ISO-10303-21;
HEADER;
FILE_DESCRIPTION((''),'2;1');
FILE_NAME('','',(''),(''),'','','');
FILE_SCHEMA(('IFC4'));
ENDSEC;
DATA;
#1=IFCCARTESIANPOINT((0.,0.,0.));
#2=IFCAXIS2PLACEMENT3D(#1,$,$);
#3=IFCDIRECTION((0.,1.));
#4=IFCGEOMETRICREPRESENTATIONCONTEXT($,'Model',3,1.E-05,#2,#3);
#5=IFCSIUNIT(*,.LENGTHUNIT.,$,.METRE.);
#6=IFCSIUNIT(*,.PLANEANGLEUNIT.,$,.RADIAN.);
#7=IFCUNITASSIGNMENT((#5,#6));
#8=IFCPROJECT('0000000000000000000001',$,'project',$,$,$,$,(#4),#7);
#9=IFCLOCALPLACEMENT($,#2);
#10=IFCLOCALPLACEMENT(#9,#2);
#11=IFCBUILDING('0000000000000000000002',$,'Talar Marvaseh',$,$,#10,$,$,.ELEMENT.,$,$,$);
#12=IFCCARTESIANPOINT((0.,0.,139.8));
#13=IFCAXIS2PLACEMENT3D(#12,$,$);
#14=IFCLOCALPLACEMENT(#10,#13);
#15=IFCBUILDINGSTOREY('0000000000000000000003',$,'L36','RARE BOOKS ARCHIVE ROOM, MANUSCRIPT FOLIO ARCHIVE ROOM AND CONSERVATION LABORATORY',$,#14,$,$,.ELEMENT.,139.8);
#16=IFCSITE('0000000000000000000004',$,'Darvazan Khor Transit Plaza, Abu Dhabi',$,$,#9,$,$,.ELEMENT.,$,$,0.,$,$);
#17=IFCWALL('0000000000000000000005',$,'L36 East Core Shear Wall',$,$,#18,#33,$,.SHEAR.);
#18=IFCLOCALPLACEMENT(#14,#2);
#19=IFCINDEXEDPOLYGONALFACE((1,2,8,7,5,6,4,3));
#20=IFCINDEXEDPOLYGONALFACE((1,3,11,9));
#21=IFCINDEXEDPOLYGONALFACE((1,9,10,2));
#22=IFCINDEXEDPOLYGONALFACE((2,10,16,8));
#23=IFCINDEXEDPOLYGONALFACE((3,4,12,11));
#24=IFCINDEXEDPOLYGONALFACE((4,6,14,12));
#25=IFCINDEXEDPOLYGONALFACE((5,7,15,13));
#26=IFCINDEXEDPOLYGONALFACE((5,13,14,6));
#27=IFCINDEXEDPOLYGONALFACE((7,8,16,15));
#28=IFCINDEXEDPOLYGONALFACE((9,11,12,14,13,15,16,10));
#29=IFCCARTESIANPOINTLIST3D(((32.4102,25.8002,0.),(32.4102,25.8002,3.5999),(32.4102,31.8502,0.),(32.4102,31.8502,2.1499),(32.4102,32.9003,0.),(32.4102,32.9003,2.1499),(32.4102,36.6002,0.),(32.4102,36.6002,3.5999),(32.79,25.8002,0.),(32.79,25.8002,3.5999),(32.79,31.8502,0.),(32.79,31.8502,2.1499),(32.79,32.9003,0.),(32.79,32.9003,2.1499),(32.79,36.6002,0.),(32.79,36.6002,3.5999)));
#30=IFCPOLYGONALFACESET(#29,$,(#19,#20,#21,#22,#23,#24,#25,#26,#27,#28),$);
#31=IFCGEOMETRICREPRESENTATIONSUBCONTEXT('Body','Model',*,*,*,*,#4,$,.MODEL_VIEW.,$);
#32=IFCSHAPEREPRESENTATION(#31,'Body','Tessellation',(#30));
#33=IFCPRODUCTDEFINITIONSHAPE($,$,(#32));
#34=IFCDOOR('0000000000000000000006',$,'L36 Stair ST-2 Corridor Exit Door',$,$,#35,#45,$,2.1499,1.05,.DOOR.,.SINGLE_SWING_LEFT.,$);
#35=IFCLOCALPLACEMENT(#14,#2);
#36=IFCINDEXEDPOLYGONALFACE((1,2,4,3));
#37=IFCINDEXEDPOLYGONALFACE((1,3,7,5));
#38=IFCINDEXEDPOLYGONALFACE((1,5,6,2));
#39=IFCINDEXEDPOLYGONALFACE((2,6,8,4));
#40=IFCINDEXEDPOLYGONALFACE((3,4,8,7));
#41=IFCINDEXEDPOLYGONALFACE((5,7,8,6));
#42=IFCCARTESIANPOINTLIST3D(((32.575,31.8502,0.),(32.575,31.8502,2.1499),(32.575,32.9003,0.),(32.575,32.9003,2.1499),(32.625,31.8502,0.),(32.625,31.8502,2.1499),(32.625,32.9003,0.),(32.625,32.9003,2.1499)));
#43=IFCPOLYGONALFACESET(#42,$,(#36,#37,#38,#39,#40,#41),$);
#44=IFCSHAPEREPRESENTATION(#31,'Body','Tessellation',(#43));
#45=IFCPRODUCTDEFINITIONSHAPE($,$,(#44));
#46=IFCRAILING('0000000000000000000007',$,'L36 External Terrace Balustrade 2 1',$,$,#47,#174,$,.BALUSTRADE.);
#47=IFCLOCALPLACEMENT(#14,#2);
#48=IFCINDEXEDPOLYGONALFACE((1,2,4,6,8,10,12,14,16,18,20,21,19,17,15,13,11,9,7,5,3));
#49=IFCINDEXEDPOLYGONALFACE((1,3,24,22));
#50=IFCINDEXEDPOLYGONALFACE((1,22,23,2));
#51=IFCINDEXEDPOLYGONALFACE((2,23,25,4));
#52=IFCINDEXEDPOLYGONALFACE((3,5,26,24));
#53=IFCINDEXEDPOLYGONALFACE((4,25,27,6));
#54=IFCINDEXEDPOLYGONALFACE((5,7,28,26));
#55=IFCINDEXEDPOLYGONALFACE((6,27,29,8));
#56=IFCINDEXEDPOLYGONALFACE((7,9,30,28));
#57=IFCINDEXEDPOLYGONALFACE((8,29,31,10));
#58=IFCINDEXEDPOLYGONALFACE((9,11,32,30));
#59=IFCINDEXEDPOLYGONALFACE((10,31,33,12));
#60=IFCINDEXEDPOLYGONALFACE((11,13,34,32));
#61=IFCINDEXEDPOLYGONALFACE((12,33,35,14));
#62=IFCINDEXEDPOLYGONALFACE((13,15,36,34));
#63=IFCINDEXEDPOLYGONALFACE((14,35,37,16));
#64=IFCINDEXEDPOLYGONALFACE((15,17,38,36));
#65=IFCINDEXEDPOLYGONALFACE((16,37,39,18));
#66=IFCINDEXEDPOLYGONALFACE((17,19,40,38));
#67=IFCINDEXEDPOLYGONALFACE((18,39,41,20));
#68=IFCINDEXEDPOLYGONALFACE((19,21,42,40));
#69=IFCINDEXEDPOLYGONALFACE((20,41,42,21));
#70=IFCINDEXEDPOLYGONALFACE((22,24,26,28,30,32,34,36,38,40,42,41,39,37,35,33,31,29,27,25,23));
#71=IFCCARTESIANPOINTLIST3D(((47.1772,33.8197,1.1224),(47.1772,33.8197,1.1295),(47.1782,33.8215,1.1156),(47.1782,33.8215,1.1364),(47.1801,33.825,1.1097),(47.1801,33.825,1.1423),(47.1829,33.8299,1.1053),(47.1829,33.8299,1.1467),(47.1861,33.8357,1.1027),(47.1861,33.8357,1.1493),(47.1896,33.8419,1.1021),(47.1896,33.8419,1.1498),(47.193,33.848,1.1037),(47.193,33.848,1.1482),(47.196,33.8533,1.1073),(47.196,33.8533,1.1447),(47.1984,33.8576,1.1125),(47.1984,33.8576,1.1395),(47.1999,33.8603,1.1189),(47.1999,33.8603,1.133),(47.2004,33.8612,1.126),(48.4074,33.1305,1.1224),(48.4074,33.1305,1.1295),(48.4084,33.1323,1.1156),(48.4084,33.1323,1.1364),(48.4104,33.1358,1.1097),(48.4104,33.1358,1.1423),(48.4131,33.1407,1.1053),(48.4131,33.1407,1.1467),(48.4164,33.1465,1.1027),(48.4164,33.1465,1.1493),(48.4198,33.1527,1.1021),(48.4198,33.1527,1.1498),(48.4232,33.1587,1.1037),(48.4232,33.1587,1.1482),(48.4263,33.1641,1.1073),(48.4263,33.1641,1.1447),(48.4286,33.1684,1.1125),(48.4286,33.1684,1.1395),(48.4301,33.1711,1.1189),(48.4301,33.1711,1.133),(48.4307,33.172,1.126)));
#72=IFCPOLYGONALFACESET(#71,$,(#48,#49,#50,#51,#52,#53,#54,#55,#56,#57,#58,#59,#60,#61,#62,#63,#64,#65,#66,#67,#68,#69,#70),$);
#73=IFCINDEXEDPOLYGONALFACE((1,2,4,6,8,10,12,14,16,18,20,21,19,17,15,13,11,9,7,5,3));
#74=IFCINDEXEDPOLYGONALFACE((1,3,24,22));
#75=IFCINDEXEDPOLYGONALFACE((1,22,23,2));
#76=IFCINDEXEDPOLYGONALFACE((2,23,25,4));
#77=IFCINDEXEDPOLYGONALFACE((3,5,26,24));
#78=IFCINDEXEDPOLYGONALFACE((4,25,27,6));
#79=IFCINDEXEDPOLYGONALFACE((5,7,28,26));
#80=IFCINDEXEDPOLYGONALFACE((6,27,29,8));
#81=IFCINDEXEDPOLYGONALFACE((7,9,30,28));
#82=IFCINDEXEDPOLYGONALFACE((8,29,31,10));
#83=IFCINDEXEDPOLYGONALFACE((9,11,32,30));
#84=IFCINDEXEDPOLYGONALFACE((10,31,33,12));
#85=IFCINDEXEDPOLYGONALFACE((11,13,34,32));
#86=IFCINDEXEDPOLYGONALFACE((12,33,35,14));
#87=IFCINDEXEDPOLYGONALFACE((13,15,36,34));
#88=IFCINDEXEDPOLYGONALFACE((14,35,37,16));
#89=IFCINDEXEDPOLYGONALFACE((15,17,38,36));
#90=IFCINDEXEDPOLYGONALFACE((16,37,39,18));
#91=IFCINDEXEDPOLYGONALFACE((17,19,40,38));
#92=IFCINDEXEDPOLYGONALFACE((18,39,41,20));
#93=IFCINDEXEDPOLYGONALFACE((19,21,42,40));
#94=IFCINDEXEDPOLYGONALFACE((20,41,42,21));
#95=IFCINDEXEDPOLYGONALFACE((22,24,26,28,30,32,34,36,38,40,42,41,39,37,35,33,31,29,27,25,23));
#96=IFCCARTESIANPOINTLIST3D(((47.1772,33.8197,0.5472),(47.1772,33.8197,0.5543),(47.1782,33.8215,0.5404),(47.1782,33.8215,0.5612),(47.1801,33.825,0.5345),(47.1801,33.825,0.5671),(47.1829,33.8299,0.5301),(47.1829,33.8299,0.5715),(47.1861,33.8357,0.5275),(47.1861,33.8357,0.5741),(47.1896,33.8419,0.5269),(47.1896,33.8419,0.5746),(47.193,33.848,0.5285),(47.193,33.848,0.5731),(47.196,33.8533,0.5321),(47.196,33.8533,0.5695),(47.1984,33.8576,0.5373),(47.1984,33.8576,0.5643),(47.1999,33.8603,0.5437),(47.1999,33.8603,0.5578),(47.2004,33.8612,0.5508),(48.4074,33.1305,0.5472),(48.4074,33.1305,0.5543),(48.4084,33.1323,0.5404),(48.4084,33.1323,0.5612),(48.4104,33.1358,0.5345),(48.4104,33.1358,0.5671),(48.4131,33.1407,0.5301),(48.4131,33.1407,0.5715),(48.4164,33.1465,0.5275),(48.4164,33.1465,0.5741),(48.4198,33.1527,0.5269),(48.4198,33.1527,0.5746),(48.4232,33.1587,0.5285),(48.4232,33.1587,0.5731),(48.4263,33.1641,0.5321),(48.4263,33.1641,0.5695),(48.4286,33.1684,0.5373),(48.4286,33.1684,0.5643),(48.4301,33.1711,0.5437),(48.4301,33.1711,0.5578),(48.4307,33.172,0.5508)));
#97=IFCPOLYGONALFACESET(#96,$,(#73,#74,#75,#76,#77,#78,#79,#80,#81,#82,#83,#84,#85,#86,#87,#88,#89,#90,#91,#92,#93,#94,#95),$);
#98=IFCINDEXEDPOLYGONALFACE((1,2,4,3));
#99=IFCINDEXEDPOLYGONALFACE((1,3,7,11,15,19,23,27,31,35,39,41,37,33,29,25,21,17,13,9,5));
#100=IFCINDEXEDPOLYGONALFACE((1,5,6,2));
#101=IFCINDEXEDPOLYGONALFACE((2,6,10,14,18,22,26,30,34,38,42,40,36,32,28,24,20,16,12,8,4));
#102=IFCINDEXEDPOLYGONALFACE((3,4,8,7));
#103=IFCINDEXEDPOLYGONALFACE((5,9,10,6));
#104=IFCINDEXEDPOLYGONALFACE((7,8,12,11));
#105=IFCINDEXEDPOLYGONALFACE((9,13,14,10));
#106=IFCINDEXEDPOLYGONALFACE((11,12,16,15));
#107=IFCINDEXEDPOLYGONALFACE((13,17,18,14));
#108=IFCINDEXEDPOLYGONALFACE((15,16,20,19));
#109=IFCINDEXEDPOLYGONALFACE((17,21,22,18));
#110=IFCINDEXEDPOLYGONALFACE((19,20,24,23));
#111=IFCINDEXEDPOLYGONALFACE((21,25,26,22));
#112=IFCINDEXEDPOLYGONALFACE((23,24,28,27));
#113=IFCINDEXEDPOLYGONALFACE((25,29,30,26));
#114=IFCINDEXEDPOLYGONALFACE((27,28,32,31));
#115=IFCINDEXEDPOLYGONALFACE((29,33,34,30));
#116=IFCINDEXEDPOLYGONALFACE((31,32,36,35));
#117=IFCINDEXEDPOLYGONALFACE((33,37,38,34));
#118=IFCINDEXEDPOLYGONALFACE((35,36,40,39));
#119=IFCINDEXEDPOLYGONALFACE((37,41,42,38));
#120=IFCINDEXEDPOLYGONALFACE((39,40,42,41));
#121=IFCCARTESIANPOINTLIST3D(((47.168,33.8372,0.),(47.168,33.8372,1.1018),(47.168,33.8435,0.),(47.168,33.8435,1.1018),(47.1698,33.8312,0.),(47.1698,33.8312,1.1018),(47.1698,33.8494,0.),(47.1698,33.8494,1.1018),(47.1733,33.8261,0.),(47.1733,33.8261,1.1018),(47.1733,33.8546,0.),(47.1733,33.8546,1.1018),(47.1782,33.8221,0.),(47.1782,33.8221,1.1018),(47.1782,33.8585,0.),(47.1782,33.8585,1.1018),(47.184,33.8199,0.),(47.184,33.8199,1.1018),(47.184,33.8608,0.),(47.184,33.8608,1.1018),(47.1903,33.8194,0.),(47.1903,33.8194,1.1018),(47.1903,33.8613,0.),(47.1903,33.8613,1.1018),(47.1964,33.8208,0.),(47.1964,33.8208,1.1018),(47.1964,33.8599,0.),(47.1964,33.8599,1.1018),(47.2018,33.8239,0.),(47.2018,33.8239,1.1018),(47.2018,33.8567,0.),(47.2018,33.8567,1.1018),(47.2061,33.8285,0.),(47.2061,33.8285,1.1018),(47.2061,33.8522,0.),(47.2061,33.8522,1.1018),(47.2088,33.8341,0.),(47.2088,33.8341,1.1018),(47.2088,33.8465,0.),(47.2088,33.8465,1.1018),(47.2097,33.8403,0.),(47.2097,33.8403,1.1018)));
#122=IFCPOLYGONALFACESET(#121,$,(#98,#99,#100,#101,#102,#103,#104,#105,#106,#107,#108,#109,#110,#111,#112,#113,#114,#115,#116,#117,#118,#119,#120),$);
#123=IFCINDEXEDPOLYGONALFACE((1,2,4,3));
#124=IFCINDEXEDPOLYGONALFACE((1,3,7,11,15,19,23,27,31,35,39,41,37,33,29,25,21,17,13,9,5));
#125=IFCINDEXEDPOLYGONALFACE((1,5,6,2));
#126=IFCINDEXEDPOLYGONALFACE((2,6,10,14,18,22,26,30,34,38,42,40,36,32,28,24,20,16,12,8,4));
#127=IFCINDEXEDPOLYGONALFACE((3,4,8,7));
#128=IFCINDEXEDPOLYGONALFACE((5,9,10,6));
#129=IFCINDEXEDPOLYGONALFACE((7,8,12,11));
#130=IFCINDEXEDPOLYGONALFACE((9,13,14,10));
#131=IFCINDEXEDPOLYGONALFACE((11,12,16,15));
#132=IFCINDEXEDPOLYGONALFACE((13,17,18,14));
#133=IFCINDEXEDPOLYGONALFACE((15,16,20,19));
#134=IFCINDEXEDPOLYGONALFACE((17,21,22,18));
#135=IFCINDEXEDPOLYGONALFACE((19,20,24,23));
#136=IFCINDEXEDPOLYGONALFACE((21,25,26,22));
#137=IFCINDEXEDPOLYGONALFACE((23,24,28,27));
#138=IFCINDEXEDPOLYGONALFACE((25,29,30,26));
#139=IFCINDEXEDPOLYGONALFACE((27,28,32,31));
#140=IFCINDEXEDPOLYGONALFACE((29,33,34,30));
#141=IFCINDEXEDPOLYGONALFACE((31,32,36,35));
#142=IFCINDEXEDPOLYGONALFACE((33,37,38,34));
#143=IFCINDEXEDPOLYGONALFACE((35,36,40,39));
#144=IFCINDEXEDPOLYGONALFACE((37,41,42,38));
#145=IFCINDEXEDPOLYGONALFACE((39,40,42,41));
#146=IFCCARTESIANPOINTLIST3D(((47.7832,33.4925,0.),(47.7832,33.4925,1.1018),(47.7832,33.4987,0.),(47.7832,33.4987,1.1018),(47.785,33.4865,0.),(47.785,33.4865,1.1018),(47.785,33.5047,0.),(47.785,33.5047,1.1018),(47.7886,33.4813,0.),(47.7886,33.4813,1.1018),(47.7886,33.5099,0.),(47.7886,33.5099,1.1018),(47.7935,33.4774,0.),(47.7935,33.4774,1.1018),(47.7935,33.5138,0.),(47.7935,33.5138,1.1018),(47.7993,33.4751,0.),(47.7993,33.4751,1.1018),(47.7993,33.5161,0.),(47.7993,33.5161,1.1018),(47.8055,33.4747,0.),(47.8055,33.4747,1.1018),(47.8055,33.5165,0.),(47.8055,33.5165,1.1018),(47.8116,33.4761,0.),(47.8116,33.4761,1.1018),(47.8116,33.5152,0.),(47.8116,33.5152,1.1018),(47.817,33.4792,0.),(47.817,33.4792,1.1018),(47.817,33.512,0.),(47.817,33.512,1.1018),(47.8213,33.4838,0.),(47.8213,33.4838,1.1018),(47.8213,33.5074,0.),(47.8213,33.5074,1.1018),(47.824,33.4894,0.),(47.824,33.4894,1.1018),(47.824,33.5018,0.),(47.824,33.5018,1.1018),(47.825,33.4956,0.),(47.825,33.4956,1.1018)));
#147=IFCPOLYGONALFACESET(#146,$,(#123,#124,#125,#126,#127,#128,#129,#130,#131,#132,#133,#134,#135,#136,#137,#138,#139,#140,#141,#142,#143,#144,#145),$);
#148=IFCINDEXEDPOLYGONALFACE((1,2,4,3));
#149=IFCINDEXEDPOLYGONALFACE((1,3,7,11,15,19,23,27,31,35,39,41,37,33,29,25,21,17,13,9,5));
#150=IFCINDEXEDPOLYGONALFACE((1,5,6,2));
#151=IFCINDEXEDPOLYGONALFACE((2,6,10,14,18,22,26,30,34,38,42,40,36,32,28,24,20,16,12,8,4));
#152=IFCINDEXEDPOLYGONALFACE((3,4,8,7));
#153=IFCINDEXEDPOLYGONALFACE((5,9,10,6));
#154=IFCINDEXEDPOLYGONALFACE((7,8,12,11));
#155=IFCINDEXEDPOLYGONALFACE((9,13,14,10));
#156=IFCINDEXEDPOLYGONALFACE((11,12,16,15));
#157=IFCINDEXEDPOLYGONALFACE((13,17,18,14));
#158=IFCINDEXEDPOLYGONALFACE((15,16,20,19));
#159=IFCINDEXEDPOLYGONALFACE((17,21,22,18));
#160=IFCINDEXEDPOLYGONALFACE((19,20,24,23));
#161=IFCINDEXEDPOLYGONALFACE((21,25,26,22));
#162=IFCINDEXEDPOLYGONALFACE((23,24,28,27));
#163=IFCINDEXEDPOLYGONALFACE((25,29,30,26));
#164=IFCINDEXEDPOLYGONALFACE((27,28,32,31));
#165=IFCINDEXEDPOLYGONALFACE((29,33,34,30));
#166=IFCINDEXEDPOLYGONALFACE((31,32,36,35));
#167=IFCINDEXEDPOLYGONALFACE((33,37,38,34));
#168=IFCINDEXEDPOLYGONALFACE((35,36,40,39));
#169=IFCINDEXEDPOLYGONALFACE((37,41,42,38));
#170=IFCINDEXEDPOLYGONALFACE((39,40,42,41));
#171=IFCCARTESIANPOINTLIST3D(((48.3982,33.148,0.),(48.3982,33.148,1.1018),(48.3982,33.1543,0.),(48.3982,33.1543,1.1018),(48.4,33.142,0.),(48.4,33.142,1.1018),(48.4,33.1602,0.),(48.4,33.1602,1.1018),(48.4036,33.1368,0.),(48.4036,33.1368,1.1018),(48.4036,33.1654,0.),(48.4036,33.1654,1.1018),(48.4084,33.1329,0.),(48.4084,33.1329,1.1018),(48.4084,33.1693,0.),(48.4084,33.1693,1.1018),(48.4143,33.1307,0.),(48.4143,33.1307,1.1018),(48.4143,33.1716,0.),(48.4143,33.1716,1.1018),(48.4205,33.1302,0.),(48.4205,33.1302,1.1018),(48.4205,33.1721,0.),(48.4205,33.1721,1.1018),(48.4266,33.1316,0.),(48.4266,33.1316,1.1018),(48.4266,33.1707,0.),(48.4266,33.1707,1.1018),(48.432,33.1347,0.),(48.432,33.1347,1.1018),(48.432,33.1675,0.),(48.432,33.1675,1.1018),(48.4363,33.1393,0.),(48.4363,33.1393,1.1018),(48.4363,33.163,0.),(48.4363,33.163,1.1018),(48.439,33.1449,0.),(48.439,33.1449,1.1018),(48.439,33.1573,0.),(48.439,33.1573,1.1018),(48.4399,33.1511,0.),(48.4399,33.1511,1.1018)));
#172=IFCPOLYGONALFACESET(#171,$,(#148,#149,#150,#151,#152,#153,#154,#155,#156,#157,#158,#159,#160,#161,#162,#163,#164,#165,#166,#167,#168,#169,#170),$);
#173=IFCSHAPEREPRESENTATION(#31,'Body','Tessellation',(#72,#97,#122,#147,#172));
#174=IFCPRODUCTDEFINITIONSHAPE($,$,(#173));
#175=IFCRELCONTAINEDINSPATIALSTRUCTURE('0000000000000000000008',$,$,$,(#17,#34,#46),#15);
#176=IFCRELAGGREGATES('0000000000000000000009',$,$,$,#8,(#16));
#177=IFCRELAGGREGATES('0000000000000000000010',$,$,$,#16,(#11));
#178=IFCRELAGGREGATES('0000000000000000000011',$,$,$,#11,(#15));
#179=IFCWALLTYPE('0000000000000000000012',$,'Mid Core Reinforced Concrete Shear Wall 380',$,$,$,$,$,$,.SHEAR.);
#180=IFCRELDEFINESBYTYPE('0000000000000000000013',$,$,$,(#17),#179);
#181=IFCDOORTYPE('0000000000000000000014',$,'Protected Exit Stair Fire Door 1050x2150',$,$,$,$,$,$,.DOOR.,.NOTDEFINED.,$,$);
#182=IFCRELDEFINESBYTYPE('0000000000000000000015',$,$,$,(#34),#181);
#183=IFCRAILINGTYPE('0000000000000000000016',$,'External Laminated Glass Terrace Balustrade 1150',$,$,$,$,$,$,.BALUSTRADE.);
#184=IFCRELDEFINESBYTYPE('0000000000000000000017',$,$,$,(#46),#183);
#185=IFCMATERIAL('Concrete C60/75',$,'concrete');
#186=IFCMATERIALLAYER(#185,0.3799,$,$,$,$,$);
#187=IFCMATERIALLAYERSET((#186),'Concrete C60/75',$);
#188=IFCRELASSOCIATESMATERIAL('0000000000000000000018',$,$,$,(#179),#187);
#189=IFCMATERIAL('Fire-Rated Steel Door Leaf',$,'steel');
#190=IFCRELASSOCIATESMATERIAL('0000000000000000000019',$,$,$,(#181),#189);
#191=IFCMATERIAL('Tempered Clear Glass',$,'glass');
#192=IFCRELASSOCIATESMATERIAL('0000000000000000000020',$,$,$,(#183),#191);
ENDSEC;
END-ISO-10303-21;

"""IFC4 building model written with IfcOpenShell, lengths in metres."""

from ifc_helpers import new_model, si_unit, direction, frame, frame_2d, origin, origin_2d, place, context, subcontext, project, spatial, rectangle, circle, extrude, source, transform, mapped, material, layer, layer_set, type_object, type_shapes, element, fill, save


model = new_model("IFC4")

# Units and contexts
model_context = context("Model", 3, precision=1e-05, world=origin(), true_north=direction((0.0, 1.0)))
body_context = subcontext(model_context, "Body", "Model", "MODEL_VIEW")
ifc_project = project(units=[si_unit("LENGTHUNIT", "METRE"), si_unit("PLANEANGLEUNIT", "RADIAN")], contexts=[model_context])

# Site, building, storey
site_placement = place(None, origin())
site = spatial("IfcSite", under=ifc_project, at=site_placement, Name="Darvazan Khor Transit Plaza, Abu Dhabi", CompositionType="ELEMENT", RefElevation=0.0)
building_placement = place(site_placement, origin())
building = spatial("IfcBuilding", under=site, at=building_placement, Name="Talar Marvaseh", CompositionType="ELEMENT")
storey_placement = place(building_placement, frame((0.0, 0.0, 139.8)))
storey = spatial("IfcBuildingStorey", under=building, at=storey_placement, Name="L36", Description="RARE BOOKS ARCHIVE ROOM, MANUSCRIPT FOLIO ARCHIVE ROOM AND CONSERVATION LABORATORY", CompositionType="ELEMENT", Elevation=139.8)

# Shared definitions
ifc_material_1 = material(Name="Concrete C60/75", Category="concrete")

# Wall, opening, door
ifc_layer_1 = layer(ifc_material_1, 0.3799)
ifc_layer_set_1 = layer_set([ifc_layer_1], Name="Concrete C60/75")
wall_type_1 = type_object("IfcWallType", Name="Mid Core Reinforced Concrete Shear Wall 380", PredefinedType="SHEAR", material=ifc_layer_set_1)
wall_1_placement = place(storey_placement, frame((32.6001, 36.6001, 0.0), z_axis=(0.0, 0.0, 1.0), x_axis=(0.0, -1.0, 0.0)))
wall_1 = element("IfcWall", 1, at=wall_1_placement, inside=storey, type_object=wall_type_1, Name="L36 East Core Shear Wall", PredefinedType="SHEAR", context=body_context, shape_type="SweptSolid", body=[
    extrude(rectangle(XDim=10.8, YDim=0.3799, at=frame_2d((5.3999, 0.0))), origin(), (0.0, 0.0, 1.0), 3.5999),
])
opening_1_placement = place(wall_1_placement, frame((3.7, 0.0, 0.0)))
opening_1 = element("IfcOpeningElement", 2, at=opening_1_placement, cuts=wall_1, PredefinedType="OPENING", context=body_context, shape_type="SweptSolid", body=[
    extrude(rectangle(XDim=1.05, YDim=2.1499, at=frame_2d((0.5249, 1.075))), frame((0.0, 0.2, 0.0), z_axis=(0.0, -1.0, 0.0), x_axis=(1.0, 0.0, 0.0)), (0.0, 0.0, 1.0), 0.3999),
])
ifc_material_2 = material(Name="Fire-Rated Steel Door Leaf", Category="steel")
door_type = type_object("IfcDoorType", Name="Protected Exit Stair Fire Door 1050x2150", OperationType="NOTDEFINED", PredefinedType="DOOR", material=ifc_material_2)
shared_shape_1 = source(origin(), body_context, "Body", "SweptSolid", [
    extrude(rectangle(XDim=1.05, YDim=2.1499, at=frame_2d((0.5249, 1.075))), frame((0.0, 0.0249, 0.0), z_axis=(0.0, -1.0, 0.0), x_axis=(1.0, 0.0, 0.0)), (0.0, 0.0, 1.0), 0.05),
])
type_shapes(door_type, [shared_shape_1])
door_placement = place(opening_1_placement, origin())
door = element("IfcDoor", 3, at=door_placement, inside=storey, type_object=door_type, Name="L36 Stair ST-2 Corridor Exit Door", OperationType="SINGLE_SWING_LEFT", OverallHeight=2.1499, OverallWidth=1.05, PredefinedType="DOOR", context=body_context, shape_type="MappedRepresentation", body=[
    mapped(shared_shape_1, transform((0.0, 0.0, 0.0), x_axis=(1.0, 0.0, 0.0), y_axis=(0.0, 1.0, 0.0), z_axis=(0.0, 0.0, 1.0), scale=1.0)),
])
fill(opening_1, door)

# Railing
ifc_material_3 = material(Name="Tempered Clear Glass", Category="glass")
railing_type = type_object("IfcRailingType", Name="External Laminated Glass Terrace Balustrade 1150", PredefinedType="BALUSTRADE", material=ifc_material_3)
railing_1_placement = place(storey_placement, frame((47.1887, 33.8403, 0.0)))
element("IfcRailing", 4, at=railing_1_placement, inside=storey, type_object=railing_type, Name="L36 External Terrace Balustrade 2 1", PredefinedType="BALUSTRADE", context=body_context, shape_type="SweptSolid", body=[
    extrude(circle(Radius=0.0239, at=origin_2d()), frame((0.0, 0.0, 1.126), z_axis=(0.87242, -0.488756, 0.0), x_axis=(0.488756, 0.87242, 0.0)), (0.0, 0.0, 1.0), 1.4102),
    extrude(circle(Radius=0.0239, at=origin_2d()), frame((0.0, 0.0, 0.5508), z_axis=(0.87242, -0.488756, 0.0), x_axis=(0.488756, 0.87242, 0.0)), (0.0, 0.0, 1.0), 1.4102),
    extrude(circle(Radius=0.021, at=origin_2d()), origin(), (0.0, 0.0, 1.0), 1.1018),
    extrude(circle(Radius=0.021, at=origin_2d()), frame((0.6152, -0.3447, 0.0)), (0.0, 0.0, 1.0), 1.1018),
    extrude(circle(Radius=0.021, at=origin_2d()), frame((1.2302, -0.6892, 0.0)), (0.0, 0.0, 1.0), 1.1018),
])

save(model, "model.ifc")
